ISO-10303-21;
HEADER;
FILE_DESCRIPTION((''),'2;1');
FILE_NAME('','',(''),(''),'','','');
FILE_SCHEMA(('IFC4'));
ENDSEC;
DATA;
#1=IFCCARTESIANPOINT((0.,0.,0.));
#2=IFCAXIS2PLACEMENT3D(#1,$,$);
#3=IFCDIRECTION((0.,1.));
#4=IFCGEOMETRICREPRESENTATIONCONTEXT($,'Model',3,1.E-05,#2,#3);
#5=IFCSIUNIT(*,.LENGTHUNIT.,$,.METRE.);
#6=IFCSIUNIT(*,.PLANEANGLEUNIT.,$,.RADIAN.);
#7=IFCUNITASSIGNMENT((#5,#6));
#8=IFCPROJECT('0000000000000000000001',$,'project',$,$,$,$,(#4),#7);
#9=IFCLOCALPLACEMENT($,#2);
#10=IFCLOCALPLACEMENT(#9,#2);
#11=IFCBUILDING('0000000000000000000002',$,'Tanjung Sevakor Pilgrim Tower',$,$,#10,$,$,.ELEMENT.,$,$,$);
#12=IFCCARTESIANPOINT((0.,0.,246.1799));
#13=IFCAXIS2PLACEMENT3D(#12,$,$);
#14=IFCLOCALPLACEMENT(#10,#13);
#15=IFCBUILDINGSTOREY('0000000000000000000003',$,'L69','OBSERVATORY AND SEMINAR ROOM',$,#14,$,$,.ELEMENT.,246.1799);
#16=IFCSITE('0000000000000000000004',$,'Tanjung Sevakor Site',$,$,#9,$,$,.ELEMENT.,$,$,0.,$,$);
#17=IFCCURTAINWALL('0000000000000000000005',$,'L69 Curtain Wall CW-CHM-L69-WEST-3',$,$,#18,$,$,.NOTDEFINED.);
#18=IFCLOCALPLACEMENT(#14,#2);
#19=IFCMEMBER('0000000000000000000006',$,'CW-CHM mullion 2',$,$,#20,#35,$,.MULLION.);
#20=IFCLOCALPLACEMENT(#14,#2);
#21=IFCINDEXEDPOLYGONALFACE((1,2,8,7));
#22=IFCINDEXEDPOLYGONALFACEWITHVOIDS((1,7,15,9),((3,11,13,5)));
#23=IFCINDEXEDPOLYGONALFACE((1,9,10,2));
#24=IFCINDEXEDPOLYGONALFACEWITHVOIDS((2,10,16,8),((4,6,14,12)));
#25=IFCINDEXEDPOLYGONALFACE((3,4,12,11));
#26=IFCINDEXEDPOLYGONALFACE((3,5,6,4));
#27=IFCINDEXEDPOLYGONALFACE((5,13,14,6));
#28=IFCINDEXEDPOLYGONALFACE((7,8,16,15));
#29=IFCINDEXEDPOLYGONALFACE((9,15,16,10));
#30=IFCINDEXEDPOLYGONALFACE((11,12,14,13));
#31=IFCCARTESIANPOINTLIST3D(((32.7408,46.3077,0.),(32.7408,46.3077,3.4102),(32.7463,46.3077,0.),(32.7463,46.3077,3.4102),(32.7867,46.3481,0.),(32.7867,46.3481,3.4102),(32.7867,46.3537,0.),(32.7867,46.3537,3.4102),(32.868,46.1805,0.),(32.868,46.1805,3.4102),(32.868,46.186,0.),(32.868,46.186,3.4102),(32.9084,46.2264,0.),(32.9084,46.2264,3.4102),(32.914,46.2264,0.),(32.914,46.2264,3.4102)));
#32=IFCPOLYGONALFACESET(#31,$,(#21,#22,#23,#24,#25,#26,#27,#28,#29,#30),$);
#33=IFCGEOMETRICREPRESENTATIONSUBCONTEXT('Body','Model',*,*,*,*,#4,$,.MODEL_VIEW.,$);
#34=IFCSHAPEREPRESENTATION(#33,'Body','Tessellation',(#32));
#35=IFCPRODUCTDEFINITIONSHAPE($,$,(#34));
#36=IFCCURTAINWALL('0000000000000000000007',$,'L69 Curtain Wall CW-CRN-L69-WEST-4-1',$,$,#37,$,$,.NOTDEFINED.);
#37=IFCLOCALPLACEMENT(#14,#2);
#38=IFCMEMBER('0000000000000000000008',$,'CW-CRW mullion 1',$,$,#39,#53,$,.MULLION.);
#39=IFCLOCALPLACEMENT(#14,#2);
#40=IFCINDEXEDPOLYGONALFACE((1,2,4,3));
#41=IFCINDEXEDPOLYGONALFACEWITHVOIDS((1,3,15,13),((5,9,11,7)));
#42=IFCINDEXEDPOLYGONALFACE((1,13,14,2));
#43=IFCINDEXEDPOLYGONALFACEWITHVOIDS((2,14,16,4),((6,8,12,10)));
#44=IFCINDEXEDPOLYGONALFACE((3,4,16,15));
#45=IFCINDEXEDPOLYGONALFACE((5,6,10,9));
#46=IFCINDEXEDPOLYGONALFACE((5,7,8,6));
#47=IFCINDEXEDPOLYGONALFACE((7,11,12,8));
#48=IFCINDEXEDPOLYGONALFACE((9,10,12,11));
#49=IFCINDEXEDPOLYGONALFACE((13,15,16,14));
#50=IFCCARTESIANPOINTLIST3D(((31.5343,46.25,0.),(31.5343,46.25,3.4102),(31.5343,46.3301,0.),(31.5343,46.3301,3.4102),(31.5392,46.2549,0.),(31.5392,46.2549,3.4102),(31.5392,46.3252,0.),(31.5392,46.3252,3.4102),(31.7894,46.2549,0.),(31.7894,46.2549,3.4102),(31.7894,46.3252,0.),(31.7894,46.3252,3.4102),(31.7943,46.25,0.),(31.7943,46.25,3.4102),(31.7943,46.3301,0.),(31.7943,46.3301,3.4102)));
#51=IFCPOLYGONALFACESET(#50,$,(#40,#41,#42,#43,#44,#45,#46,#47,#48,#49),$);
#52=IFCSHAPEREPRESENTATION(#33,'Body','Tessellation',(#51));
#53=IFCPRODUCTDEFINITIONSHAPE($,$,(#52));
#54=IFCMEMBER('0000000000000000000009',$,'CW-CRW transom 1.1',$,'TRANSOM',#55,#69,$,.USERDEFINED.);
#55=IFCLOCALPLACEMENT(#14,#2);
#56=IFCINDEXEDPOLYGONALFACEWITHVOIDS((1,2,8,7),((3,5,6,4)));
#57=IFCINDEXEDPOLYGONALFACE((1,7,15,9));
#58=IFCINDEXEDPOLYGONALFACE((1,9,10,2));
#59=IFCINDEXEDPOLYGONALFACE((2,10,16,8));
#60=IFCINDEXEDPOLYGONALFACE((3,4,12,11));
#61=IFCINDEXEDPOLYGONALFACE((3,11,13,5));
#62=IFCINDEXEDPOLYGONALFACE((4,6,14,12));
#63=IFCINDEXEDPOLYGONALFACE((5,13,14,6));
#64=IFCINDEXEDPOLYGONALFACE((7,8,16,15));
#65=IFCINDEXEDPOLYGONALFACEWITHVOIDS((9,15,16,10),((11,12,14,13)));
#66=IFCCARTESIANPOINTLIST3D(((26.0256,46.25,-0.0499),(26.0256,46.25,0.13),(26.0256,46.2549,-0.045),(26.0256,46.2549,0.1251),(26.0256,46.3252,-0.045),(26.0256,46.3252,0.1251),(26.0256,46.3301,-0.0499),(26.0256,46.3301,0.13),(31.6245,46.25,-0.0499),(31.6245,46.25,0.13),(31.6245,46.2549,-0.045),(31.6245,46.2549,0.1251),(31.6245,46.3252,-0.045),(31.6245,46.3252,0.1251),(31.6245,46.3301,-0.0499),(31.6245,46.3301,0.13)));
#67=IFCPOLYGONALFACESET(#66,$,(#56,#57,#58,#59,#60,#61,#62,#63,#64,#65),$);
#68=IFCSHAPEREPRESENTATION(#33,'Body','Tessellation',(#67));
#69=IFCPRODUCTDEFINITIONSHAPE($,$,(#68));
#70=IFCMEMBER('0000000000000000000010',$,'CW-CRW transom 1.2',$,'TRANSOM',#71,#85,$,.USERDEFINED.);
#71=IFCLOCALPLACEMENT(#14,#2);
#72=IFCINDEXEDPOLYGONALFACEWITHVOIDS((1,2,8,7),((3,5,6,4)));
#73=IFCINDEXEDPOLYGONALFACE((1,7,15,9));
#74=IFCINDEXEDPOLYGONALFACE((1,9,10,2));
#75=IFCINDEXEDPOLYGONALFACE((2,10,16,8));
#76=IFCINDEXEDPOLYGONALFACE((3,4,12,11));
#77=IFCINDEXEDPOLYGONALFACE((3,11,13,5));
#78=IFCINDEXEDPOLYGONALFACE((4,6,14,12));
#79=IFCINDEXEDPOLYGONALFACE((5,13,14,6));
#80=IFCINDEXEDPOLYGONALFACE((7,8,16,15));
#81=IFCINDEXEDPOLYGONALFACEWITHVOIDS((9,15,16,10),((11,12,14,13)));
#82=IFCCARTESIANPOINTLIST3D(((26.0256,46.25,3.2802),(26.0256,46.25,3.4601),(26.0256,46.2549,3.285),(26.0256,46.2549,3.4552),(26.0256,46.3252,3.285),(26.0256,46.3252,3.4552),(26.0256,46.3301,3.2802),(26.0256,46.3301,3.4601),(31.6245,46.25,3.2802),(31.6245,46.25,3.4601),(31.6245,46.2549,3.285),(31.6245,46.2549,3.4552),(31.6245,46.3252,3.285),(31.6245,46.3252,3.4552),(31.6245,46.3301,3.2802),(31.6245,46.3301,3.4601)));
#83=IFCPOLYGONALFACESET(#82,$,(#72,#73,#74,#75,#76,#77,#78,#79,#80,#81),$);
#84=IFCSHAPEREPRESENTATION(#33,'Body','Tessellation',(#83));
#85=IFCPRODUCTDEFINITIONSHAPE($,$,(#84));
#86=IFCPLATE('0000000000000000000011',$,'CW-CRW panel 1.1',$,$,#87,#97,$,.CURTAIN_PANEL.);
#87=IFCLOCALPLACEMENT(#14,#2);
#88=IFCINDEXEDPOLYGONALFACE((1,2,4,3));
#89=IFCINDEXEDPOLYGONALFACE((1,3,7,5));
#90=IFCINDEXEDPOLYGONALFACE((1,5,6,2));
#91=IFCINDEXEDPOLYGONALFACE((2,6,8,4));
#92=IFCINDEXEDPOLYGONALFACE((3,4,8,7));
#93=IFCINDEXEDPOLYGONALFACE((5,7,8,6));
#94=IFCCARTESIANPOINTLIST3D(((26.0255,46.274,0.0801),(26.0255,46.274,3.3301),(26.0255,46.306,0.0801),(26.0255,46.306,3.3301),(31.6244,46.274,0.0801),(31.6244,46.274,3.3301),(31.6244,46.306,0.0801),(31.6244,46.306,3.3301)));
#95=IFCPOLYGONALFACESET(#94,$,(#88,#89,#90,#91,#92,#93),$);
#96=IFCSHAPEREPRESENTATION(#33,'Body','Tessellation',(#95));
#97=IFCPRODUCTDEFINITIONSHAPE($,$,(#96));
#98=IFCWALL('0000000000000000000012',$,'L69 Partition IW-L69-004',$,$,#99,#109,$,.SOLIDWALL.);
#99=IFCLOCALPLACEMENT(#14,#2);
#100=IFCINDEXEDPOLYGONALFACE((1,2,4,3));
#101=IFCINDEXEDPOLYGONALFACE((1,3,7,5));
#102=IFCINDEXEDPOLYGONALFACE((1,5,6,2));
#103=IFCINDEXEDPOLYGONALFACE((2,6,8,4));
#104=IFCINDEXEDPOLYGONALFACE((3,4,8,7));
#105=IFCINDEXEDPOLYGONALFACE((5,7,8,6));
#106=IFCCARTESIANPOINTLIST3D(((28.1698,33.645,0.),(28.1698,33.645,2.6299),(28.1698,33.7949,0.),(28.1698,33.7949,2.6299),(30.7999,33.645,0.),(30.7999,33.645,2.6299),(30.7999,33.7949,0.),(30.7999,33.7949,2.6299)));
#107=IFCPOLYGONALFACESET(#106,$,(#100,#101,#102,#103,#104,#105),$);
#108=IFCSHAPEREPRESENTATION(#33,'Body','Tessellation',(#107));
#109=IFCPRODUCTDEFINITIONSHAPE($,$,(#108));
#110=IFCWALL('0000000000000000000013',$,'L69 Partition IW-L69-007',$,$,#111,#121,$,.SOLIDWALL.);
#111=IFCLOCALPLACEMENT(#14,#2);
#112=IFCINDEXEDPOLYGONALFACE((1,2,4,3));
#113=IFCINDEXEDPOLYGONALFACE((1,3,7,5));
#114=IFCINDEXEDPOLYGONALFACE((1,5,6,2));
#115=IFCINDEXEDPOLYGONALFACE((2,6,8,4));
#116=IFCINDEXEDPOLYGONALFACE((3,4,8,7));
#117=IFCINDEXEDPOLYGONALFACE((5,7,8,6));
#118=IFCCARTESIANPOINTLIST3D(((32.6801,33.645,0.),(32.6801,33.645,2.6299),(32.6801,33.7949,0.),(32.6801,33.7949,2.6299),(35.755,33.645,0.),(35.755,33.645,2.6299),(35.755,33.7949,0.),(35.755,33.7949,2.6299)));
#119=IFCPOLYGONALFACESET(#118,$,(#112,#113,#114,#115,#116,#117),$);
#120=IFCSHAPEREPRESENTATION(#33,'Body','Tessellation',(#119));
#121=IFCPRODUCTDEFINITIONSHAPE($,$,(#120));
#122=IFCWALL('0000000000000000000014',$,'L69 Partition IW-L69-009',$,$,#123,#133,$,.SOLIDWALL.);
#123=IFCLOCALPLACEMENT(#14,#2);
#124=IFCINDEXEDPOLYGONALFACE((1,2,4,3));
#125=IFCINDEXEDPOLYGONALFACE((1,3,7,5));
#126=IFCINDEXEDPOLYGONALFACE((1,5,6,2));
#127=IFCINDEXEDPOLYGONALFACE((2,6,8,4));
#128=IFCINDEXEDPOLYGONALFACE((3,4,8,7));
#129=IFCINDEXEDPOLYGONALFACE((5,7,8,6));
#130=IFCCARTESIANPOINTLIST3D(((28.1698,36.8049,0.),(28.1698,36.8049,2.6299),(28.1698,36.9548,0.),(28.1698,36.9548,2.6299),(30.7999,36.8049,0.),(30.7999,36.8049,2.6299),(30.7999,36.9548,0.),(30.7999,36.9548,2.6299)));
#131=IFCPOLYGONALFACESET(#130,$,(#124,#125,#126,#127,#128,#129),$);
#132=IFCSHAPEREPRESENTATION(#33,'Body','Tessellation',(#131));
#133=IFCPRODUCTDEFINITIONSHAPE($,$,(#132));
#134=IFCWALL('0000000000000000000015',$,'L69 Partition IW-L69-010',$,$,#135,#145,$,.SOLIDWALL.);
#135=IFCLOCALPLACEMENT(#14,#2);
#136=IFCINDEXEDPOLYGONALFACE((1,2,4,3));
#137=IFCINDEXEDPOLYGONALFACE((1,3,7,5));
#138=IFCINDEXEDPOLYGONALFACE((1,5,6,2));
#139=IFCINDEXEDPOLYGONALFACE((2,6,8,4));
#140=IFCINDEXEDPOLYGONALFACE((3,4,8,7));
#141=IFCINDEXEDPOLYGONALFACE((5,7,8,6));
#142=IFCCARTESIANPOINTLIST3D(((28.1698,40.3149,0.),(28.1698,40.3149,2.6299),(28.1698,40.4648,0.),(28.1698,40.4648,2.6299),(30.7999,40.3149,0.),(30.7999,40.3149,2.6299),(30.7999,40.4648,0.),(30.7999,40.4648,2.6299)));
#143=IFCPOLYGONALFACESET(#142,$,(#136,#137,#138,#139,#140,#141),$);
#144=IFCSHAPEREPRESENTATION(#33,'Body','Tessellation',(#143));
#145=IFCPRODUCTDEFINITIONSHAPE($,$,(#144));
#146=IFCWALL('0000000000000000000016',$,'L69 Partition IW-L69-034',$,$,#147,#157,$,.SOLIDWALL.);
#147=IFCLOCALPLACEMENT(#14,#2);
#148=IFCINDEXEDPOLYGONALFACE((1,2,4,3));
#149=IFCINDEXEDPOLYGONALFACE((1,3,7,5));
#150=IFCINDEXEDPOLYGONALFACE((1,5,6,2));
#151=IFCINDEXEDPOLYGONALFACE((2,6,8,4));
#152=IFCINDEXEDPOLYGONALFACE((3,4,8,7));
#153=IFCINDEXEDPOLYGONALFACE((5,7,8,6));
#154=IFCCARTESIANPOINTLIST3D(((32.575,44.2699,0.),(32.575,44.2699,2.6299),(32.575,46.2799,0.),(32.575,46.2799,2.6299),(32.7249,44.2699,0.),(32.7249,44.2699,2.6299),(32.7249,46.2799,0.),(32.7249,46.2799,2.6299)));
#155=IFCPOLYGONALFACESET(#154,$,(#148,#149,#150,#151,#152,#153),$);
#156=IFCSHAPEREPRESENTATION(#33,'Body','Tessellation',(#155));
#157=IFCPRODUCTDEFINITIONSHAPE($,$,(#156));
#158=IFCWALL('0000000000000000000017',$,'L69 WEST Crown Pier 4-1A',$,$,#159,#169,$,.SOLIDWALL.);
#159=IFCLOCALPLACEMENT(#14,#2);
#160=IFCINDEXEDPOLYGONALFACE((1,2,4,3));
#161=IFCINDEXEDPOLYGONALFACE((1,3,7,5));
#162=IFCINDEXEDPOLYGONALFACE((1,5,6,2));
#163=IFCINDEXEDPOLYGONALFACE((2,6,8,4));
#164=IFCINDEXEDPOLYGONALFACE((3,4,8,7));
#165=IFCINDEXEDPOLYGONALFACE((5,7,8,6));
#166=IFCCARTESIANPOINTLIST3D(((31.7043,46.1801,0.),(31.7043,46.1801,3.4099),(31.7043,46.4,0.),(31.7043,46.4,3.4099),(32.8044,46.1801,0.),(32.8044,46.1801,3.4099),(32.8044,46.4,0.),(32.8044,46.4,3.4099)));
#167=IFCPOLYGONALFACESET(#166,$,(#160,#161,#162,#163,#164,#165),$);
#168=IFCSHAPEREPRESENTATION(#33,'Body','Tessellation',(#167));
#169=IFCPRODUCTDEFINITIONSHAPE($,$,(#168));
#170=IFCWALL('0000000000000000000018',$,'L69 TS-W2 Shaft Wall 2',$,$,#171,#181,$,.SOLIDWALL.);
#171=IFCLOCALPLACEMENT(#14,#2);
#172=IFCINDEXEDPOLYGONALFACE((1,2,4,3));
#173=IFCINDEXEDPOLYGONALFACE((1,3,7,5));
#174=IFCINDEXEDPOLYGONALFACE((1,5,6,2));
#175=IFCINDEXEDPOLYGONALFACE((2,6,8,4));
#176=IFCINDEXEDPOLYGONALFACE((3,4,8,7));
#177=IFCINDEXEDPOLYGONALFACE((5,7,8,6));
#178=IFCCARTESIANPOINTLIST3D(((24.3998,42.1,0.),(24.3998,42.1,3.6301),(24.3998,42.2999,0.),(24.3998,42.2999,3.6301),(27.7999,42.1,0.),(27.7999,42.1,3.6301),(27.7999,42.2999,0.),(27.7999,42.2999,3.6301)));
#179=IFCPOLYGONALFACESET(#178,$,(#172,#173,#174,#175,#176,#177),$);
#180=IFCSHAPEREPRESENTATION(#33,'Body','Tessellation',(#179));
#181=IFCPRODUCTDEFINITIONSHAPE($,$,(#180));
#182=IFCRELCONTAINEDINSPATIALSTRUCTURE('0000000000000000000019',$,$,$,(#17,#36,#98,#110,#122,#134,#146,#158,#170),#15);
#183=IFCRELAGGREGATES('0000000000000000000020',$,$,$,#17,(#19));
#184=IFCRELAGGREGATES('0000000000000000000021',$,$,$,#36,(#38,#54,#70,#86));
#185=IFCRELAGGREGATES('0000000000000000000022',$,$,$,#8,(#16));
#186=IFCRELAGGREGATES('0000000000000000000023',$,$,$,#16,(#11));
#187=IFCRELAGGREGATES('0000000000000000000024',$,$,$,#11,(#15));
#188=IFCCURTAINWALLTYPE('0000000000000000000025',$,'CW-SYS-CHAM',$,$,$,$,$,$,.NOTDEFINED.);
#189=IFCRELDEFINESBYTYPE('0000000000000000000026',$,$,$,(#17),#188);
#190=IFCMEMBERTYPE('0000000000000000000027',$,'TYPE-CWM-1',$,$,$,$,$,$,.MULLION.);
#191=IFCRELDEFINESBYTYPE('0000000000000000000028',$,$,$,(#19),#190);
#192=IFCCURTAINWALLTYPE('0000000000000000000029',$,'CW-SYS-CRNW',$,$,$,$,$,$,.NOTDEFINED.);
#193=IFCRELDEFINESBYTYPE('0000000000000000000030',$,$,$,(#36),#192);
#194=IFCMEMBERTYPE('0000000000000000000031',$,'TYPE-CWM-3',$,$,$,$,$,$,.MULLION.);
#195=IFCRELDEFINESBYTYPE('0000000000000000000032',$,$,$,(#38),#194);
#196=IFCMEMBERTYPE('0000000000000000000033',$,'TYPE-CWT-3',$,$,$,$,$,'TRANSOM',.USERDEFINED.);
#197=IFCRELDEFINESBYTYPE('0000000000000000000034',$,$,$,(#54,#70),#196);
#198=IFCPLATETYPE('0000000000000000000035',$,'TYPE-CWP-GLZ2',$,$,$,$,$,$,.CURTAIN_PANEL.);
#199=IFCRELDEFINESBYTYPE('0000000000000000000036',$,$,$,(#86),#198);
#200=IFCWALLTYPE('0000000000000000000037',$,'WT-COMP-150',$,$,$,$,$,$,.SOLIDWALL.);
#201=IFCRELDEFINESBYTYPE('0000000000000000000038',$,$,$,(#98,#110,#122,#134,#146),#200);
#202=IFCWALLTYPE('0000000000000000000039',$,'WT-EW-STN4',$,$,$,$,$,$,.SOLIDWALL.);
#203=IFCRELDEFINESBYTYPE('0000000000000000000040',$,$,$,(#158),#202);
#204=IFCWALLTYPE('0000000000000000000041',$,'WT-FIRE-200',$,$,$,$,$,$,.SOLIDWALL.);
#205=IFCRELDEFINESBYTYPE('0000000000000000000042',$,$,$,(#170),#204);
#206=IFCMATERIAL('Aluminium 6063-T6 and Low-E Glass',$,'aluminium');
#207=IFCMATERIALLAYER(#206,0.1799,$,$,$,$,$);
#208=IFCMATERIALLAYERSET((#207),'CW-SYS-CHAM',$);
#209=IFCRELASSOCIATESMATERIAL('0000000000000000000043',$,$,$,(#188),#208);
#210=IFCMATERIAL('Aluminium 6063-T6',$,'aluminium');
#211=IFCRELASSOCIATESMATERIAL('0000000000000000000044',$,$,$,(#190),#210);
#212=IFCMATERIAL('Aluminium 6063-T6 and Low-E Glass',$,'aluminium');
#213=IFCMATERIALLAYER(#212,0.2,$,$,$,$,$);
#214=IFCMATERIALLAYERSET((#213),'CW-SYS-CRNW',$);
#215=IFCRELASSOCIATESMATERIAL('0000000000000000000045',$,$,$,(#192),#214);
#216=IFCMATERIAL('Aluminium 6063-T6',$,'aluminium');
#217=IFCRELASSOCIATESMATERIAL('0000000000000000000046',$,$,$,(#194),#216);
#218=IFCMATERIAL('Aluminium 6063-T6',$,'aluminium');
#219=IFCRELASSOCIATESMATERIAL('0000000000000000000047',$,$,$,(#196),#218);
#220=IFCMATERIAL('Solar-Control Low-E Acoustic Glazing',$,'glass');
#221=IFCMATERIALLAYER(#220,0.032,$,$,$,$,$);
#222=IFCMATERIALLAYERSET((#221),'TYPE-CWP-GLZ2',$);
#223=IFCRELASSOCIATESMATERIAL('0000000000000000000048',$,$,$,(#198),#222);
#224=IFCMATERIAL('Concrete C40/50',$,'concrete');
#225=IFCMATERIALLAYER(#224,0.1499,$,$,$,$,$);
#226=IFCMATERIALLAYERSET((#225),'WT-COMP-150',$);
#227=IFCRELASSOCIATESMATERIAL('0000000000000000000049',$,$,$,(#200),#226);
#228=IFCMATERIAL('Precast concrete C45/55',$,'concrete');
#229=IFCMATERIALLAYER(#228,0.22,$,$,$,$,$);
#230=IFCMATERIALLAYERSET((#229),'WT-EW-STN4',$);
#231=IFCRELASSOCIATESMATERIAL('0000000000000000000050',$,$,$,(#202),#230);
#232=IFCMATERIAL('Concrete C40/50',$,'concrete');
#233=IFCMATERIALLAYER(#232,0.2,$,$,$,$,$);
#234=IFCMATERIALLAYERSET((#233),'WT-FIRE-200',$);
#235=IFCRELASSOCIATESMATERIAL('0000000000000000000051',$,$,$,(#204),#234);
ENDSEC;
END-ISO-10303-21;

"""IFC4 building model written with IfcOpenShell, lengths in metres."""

from ifc_helpers import new_model, si_unit, direction, frame, frame_2d, origin, origin_2d, place, context, subcontext, project, spatial, rectangle, hollow_rectangle, extrude, material, layer, layer_set, material_profile, profile_set, type_object, element, aggregate, save


model = new_model("IFC4")

# Units and contexts
model_context = context("Model", 3, precision=1e-05, world=origin(), true_north=direction((0.0, 1.0)))
body_context = subcontext(model_context, "Body", "Model", "MODEL_VIEW")
ifc_project = project(units=[si_unit("LENGTHUNIT", "METRE"), si_unit("PLANEANGLEUNIT", "RADIAN")], contexts=[model_context])

# Site, building, storey
site_placement = place(None, origin())
site = spatial("IfcSite", under=ifc_project, at=site_placement, Name="Tanjung Sevakor Site", CompositionType="ELEMENT", RefElevation=0.0)
building_placement = place(site_placement, origin())
building = spatial("IfcBuilding", under=site, at=building_placement, Name="Tanjung Sevakor Pilgrim Tower", CompositionType="ELEMENT")
storey_placement = place(building_placement, frame((0.0, 0.0, 246.1799)))
storey = spatial("IfcBuildingStorey", under=building, at=storey_placement, Name="L69", Description="OBSERVATORY AND SEMINAR ROOM", CompositionType="ELEMENT", Elevation=246.1799)

# Curtain wall, member
ifc_material_1 = material(Name="Aluminium 6063-T6 and Low-E Glass", Category="aluminium")
ifc_layer_1 = layer(ifc_material_1, 0.1799)
ifc_layer_set_1 = layer_set([ifc_layer_1], Name="CW-SYS-CHAM")
curtain_wall_type_1 = type_object("IfcCurtainWallType", Name="CW-SYS-CHAM", PredefinedType="NOTDEFINED", material=ifc_layer_set_1)
curtain_wall_1_placement = place(storey_placement, origin())
curtain_wall_1 = element("IfcCurtainWall", 1, at=curtain_wall_1_placement, inside=storey, type_object=curtain_wall_type_1, Name="L69 Curtain Wall CW-CHM-L69-WEST-3", PredefinedType="NOTDEFINED")
ifc_material_2 = material(Name="Aluminium 6063-T6", Category="aluminium")
ifc_material_profile_1 = material_profile(ifc_material_2, hollow_rectangle(XDim=0.0649, YDim=0.1799, WallThickness=0.0039, at=origin_2d()))
ifc_profile_set_1 = profile_set([ifc_material_profile_1], Name="Aluminium 6063-T6")
member_type_1 = type_object("IfcMemberType", Name="TYPE-CWM-1", PredefinedType="MULLION", material=ifc_profile_set_1)
member_1_placement = place(storey_placement, frame((32.8274, 46.2671, 0.0), z_axis=(0.0, 0.0, 1.0), x_axis=(-0.707107, -0.707107, 0.0)))
member_1 = element("IfcMember", 2, at=member_1_placement, type_object=member_type_1, Name="CW-CHM mullion 2", PredefinedType="MULLION", context=body_context, shape_type="SweptSolid", body=[
    extrude(hollow_rectangle(XDim=0.0649, YDim=0.1799, WallThickness=0.0039, at=origin_2d()), origin(), (0.0, 0.0, 1.0), 3.4102),
])
aggregate(curtain_wall_1, [member_1])

# Curtain wall, members, plate
ifc_material_3 = material(Name="Aluminium 6063-T6 and Low-E Glass", Category="aluminium")
ifc_layer_2 = layer(ifc_material_3, 0.2)
ifc_layer_set_2 = layer_set([ifc_layer_2], Name="CW-SYS-CRNW")
curtain_wall_type_2 = type_object("IfcCurtainWallType", Name="CW-SYS-CRNW", PredefinedType="NOTDEFINED", material=ifc_layer_set_2)
curtain_wall_2_placement = place(storey_placement, origin())
curtain_wall_2 = element("IfcCurtainWall", 3, at=curtain_wall_2_placement, inside=storey, type_object=curtain_wall_type_2, Name="L69 Curtain Wall CW-CRN-L69-WEST-4-1", PredefinedType="NOTDEFINED")
ifc_material_4 = material(Name="Aluminium 6063-T6", Category="aluminium")
ifc_material_profile_2 = material_profile(ifc_material_4, hollow_rectangle(XDim=0.0801, YDim=0.26, WallThickness=0.0049, at=origin_2d()))
ifc_profile_set_2 = profile_set([ifc_material_profile_2], Name="Aluminium 6063-T6")
member_type_2 = type_object("IfcMemberType", Name="TYPE-CWM-3", PredefinedType="MULLION", material=ifc_profile_set_2)
member_2_placement = place(storey_placement, frame((31.6643, 46.29, 0.0), z_axis=(0.0, 0.0, 1.0), x_axis=(0.0, -1.0, 0.0)))
member_2 = element("IfcMember", 4, at=member_2_placement, type_object=member_type_2, Name="CW-CRW mullion 1", PredefinedType="MULLION", context=body_context, shape_type="SweptSolid", body=[
    extrude(hollow_rectangle(XDim=0.0801, YDim=0.26, WallThickness=0.0049, at=origin_2d()), origin(), (0.0, 0.0, 1.0), 3.4102),
])
ifc_material_5 = material(Name="Aluminium 6063-T6", Category="aluminium")
ifc_material_profile_3 = material_profile(ifc_material_5, hollow_rectangle(XDim=0.0801, YDim=0.1799, WallThickness=0.0049, at=origin_2d()))
ifc_profile_set_3 = profile_set([ifc_material_profile_3], Name="Aluminium 6063-T6")
member_type_3 = type_object("IfcMemberType", Name="TYPE-CWT-3", ElementType="TRANSOM", PredefinedType="USERDEFINED", material=ifc_profile_set_3)
member_3_placement = place(storey_placement, frame((31.6245, 46.29, 0.04), z_axis=(-1.0, 0.0, 0.0), x_axis=(0.0, -1.0, 0.0)))
member_3 = element("IfcMember", 5, at=member_3_placement, type_object=member_type_3, Name="CW-CRW transom 1.1", ObjectType="TRANSOM", PredefinedType="USERDEFINED", context=body_context, shape_type="SweptSolid", body=[
    extrude(hollow_rectangle(XDim=0.0801, YDim=0.1799, WallThickness=0.0049, at=origin_2d()), origin(), (0.0, 0.0, 1.0), 5.5989),
])
member_4_placement = place(storey_placement, frame((31.6245, 46.29, 3.3701), z_axis=(-1.0, 0.0, 0.0), x_axis=(0.0, -1.0, 0.0)))
member_4 = element("IfcMember", 6, at=member_4_placement, type_object=member_type_3, Name="CW-CRW transom 1.2", ObjectType="TRANSOM", PredefinedType="USERDEFINED", context=body_context, shape_type="SweptSolid", body=[
    extrude(hollow_rectangle(XDim=0.0801, YDim=0.1799, WallThickness=0.0049, at=origin_2d()), origin(), (0.0, 0.0, 1.0), 5.5989),
])
ifc_material_6 = material(Name="Solar-Control Low-E Acoustic Glazing", Category="glass")
ifc_layer_3 = layer(ifc_material_6, 0.032)
ifc_layer_set_3 = layer_set([ifc_layer_3], Name="TYPE-CWP-GLZ2")
plate_type = type_object("IfcPlateType", Name="TYPE-CWP-GLZ2", PredefinedType="CURTAIN_PANEL", material=ifc_layer_set_3)
plate_placement = place(storey_placement, frame((28.825, 46.29, 0.0801), z_axis=(0.0, 0.0, 1.0), x_axis=(-1.0, 0.0, 0.0)))
plate = element("IfcPlate", 7, at=plate_placement, type_object=plate_type, Name="CW-CRW panel 1.1", PredefinedType="CURTAIN_PANEL", context=body_context, shape_type="SweptSolid", body=[
    extrude(rectangle(XDim=5.5989, YDim=0.032, at=origin_2d()), origin(), (0.0, 0.0, 1.0), 3.25),
])
aggregate(curtain_wall_2, [member_2, member_3, member_4, plate])

# Walls
ifc_material_7 = material(Name="Concrete C40/50", Category="concrete")
ifc_layer_4 = layer(ifc_material_7, 0.1499)
ifc_layer_set_4 = layer_set([ifc_layer_4], Name="WT-COMP-150")
wall_type_1 = type_object("IfcWallType", Name="WT-COMP-150", PredefinedType="SOLIDWALL", material=ifc_layer_set_4)
wall_1_placement = place(storey_placement, frame((28.1699, 33.72, 0.0), z_axis=(0.0, 0.0, 1.0), x_axis=(1.0, 0.0, 0.0)))
element("IfcWall", 8, at=wall_1_placement, inside=storey, type_object=wall_type_1, Name="L69 Partition IW-L69-004", PredefinedType="SOLIDWALL", context=body_context, shape_type="SweptSolid", body=[
    extrude(rectangle(XDim=2.6301, YDim=0.1499, at=frame_2d((1.3149, 0.0))), origin(), (0.0, 0.0, 1.0), 2.6299),
])
wall_2_placement = place(storey_placement, frame((32.6799, 33.72, 0.0), z_axis=(0.0, 0.0, 1.0), x_axis=(1.0, 0.0, 0.0)))
element("IfcWall", 9, at=wall_2_placement, inside=storey, type_object=wall_type_1, Name="L69 Partition IW-L69-007", PredefinedType="SOLIDWALL", context=body_context, shape_type="SweptSolid", body=[
    extrude(rectangle(XDim=3.075, YDim=0.1499, at=frame_2d((1.5376, 0.0))), origin(), (0.0, 0.0, 1.0), 2.6299),
])
for number, where, z_axis, x_axis, name in (
    (10, (28.1699, 36.8799, 0.0), (0.0, 0.0, 1.0), (1.0, 0.0, 0.0), "L69 Partition IW-L69-009"),
    (11, (28.1699, 40.3899, 0.0), (0.0, 0.0, 1.0), (1.0, 0.0, 0.0), "L69 Partition IW-L69-010"),
):
    element("IfcWall", number, at=place(storey_placement, frame(where, z_axis=z_axis, x_axis=x_axis)), inside=storey, type_object=wall_type_1, Name=name, PredefinedType="SOLIDWALL", context=body_context, shape_type="SweptSolid", body=[
        extrude(rectangle(XDim=2.6301, YDim=0.1499, at=frame_2d((1.3149, 0.0))), origin(), (0.0, 0.0, 1.0), 2.6299),
    ])

# Walls
wall_3_placement = place(storey_placement, frame((32.6499, 44.27, 0.0), z_axis=(0.0, 0.0, 1.0), x_axis=(0.0, 1.0, 0.0)))
element("IfcWall", 12, at=wall_3_placement, inside=storey, type_object=wall_type_1, Name="L69 Partition IW-L69-034", PredefinedType="SOLIDWALL", context=body_context, shape_type="SweptSolid", body=[
    extrude(rectangle(XDim=2.01, YDim=0.1499, at=frame_2d((1.0049, 0.0))), origin(), (0.0, 0.0, 1.0), 2.6299),
])
ifc_material_8 = material(Name="Precast concrete C45/55", Category="concrete")
ifc_layer_5 = layer(ifc_material_8, 0.22)
ifc_layer_set_5 = layer_set([ifc_layer_5], Name="WT-EW-STN4")
wall_type_2 = type_object("IfcWallType", Name="WT-EW-STN4", PredefinedType="SOLIDWALL", material=ifc_layer_set_5)
wall_4_placement = place(storey_placement, frame((32.8044, 46.29, 0.0), z_axis=(0.0, 0.0, 1.0), x_axis=(-1.0, 0.0, 0.0)))
element("IfcWall", 13, at=wall_4_placement, inside=storey, type_object=wall_type_2, Name="L69 WEST Crown Pier 4-1A", PredefinedType="SOLIDWALL", context=body_context, shape_type="SweptSolid", body=[
    extrude(rectangle(XDim=1.1001, YDim=0.22, at=frame_2d((0.55, 0.0))), origin(), (0.0, 0.0, 1.0), 3.4099),
])
ifc_material_9 = material(Name="Concrete C40/50", Category="concrete")
ifc_layer_6 = layer(ifc_material_9, 0.2)
ifc_layer_set_6 = layer_set([ifc_layer_6], Name="WT-FIRE-200")
wall_type_3 = type_object("IfcWallType", Name="WT-FIRE-200", PredefinedType="SOLIDWALL", material=ifc_layer_set_6)
wall_5_placement = place(storey_placement, frame((27.8, 42.2, 0.0), z_axis=(0.0, 0.0, 1.0), x_axis=(-1.0, 0.0, 0.0)))
element("IfcWall", 14, at=wall_5_placement, inside=storey, type_object=wall_type_3, Name="L69 TS-W2 Shaft Wall 2", PredefinedType="SOLIDWALL", context=body_context, shape_type="SweptSolid", body=[
    extrude(rectangle(XDim=3.4001, YDim=0.2, at=frame_2d((1.7002, 0.0))), origin(), (0.0, 0.0, 1.0), 3.6301),
])

save(model, "model.ifc")
